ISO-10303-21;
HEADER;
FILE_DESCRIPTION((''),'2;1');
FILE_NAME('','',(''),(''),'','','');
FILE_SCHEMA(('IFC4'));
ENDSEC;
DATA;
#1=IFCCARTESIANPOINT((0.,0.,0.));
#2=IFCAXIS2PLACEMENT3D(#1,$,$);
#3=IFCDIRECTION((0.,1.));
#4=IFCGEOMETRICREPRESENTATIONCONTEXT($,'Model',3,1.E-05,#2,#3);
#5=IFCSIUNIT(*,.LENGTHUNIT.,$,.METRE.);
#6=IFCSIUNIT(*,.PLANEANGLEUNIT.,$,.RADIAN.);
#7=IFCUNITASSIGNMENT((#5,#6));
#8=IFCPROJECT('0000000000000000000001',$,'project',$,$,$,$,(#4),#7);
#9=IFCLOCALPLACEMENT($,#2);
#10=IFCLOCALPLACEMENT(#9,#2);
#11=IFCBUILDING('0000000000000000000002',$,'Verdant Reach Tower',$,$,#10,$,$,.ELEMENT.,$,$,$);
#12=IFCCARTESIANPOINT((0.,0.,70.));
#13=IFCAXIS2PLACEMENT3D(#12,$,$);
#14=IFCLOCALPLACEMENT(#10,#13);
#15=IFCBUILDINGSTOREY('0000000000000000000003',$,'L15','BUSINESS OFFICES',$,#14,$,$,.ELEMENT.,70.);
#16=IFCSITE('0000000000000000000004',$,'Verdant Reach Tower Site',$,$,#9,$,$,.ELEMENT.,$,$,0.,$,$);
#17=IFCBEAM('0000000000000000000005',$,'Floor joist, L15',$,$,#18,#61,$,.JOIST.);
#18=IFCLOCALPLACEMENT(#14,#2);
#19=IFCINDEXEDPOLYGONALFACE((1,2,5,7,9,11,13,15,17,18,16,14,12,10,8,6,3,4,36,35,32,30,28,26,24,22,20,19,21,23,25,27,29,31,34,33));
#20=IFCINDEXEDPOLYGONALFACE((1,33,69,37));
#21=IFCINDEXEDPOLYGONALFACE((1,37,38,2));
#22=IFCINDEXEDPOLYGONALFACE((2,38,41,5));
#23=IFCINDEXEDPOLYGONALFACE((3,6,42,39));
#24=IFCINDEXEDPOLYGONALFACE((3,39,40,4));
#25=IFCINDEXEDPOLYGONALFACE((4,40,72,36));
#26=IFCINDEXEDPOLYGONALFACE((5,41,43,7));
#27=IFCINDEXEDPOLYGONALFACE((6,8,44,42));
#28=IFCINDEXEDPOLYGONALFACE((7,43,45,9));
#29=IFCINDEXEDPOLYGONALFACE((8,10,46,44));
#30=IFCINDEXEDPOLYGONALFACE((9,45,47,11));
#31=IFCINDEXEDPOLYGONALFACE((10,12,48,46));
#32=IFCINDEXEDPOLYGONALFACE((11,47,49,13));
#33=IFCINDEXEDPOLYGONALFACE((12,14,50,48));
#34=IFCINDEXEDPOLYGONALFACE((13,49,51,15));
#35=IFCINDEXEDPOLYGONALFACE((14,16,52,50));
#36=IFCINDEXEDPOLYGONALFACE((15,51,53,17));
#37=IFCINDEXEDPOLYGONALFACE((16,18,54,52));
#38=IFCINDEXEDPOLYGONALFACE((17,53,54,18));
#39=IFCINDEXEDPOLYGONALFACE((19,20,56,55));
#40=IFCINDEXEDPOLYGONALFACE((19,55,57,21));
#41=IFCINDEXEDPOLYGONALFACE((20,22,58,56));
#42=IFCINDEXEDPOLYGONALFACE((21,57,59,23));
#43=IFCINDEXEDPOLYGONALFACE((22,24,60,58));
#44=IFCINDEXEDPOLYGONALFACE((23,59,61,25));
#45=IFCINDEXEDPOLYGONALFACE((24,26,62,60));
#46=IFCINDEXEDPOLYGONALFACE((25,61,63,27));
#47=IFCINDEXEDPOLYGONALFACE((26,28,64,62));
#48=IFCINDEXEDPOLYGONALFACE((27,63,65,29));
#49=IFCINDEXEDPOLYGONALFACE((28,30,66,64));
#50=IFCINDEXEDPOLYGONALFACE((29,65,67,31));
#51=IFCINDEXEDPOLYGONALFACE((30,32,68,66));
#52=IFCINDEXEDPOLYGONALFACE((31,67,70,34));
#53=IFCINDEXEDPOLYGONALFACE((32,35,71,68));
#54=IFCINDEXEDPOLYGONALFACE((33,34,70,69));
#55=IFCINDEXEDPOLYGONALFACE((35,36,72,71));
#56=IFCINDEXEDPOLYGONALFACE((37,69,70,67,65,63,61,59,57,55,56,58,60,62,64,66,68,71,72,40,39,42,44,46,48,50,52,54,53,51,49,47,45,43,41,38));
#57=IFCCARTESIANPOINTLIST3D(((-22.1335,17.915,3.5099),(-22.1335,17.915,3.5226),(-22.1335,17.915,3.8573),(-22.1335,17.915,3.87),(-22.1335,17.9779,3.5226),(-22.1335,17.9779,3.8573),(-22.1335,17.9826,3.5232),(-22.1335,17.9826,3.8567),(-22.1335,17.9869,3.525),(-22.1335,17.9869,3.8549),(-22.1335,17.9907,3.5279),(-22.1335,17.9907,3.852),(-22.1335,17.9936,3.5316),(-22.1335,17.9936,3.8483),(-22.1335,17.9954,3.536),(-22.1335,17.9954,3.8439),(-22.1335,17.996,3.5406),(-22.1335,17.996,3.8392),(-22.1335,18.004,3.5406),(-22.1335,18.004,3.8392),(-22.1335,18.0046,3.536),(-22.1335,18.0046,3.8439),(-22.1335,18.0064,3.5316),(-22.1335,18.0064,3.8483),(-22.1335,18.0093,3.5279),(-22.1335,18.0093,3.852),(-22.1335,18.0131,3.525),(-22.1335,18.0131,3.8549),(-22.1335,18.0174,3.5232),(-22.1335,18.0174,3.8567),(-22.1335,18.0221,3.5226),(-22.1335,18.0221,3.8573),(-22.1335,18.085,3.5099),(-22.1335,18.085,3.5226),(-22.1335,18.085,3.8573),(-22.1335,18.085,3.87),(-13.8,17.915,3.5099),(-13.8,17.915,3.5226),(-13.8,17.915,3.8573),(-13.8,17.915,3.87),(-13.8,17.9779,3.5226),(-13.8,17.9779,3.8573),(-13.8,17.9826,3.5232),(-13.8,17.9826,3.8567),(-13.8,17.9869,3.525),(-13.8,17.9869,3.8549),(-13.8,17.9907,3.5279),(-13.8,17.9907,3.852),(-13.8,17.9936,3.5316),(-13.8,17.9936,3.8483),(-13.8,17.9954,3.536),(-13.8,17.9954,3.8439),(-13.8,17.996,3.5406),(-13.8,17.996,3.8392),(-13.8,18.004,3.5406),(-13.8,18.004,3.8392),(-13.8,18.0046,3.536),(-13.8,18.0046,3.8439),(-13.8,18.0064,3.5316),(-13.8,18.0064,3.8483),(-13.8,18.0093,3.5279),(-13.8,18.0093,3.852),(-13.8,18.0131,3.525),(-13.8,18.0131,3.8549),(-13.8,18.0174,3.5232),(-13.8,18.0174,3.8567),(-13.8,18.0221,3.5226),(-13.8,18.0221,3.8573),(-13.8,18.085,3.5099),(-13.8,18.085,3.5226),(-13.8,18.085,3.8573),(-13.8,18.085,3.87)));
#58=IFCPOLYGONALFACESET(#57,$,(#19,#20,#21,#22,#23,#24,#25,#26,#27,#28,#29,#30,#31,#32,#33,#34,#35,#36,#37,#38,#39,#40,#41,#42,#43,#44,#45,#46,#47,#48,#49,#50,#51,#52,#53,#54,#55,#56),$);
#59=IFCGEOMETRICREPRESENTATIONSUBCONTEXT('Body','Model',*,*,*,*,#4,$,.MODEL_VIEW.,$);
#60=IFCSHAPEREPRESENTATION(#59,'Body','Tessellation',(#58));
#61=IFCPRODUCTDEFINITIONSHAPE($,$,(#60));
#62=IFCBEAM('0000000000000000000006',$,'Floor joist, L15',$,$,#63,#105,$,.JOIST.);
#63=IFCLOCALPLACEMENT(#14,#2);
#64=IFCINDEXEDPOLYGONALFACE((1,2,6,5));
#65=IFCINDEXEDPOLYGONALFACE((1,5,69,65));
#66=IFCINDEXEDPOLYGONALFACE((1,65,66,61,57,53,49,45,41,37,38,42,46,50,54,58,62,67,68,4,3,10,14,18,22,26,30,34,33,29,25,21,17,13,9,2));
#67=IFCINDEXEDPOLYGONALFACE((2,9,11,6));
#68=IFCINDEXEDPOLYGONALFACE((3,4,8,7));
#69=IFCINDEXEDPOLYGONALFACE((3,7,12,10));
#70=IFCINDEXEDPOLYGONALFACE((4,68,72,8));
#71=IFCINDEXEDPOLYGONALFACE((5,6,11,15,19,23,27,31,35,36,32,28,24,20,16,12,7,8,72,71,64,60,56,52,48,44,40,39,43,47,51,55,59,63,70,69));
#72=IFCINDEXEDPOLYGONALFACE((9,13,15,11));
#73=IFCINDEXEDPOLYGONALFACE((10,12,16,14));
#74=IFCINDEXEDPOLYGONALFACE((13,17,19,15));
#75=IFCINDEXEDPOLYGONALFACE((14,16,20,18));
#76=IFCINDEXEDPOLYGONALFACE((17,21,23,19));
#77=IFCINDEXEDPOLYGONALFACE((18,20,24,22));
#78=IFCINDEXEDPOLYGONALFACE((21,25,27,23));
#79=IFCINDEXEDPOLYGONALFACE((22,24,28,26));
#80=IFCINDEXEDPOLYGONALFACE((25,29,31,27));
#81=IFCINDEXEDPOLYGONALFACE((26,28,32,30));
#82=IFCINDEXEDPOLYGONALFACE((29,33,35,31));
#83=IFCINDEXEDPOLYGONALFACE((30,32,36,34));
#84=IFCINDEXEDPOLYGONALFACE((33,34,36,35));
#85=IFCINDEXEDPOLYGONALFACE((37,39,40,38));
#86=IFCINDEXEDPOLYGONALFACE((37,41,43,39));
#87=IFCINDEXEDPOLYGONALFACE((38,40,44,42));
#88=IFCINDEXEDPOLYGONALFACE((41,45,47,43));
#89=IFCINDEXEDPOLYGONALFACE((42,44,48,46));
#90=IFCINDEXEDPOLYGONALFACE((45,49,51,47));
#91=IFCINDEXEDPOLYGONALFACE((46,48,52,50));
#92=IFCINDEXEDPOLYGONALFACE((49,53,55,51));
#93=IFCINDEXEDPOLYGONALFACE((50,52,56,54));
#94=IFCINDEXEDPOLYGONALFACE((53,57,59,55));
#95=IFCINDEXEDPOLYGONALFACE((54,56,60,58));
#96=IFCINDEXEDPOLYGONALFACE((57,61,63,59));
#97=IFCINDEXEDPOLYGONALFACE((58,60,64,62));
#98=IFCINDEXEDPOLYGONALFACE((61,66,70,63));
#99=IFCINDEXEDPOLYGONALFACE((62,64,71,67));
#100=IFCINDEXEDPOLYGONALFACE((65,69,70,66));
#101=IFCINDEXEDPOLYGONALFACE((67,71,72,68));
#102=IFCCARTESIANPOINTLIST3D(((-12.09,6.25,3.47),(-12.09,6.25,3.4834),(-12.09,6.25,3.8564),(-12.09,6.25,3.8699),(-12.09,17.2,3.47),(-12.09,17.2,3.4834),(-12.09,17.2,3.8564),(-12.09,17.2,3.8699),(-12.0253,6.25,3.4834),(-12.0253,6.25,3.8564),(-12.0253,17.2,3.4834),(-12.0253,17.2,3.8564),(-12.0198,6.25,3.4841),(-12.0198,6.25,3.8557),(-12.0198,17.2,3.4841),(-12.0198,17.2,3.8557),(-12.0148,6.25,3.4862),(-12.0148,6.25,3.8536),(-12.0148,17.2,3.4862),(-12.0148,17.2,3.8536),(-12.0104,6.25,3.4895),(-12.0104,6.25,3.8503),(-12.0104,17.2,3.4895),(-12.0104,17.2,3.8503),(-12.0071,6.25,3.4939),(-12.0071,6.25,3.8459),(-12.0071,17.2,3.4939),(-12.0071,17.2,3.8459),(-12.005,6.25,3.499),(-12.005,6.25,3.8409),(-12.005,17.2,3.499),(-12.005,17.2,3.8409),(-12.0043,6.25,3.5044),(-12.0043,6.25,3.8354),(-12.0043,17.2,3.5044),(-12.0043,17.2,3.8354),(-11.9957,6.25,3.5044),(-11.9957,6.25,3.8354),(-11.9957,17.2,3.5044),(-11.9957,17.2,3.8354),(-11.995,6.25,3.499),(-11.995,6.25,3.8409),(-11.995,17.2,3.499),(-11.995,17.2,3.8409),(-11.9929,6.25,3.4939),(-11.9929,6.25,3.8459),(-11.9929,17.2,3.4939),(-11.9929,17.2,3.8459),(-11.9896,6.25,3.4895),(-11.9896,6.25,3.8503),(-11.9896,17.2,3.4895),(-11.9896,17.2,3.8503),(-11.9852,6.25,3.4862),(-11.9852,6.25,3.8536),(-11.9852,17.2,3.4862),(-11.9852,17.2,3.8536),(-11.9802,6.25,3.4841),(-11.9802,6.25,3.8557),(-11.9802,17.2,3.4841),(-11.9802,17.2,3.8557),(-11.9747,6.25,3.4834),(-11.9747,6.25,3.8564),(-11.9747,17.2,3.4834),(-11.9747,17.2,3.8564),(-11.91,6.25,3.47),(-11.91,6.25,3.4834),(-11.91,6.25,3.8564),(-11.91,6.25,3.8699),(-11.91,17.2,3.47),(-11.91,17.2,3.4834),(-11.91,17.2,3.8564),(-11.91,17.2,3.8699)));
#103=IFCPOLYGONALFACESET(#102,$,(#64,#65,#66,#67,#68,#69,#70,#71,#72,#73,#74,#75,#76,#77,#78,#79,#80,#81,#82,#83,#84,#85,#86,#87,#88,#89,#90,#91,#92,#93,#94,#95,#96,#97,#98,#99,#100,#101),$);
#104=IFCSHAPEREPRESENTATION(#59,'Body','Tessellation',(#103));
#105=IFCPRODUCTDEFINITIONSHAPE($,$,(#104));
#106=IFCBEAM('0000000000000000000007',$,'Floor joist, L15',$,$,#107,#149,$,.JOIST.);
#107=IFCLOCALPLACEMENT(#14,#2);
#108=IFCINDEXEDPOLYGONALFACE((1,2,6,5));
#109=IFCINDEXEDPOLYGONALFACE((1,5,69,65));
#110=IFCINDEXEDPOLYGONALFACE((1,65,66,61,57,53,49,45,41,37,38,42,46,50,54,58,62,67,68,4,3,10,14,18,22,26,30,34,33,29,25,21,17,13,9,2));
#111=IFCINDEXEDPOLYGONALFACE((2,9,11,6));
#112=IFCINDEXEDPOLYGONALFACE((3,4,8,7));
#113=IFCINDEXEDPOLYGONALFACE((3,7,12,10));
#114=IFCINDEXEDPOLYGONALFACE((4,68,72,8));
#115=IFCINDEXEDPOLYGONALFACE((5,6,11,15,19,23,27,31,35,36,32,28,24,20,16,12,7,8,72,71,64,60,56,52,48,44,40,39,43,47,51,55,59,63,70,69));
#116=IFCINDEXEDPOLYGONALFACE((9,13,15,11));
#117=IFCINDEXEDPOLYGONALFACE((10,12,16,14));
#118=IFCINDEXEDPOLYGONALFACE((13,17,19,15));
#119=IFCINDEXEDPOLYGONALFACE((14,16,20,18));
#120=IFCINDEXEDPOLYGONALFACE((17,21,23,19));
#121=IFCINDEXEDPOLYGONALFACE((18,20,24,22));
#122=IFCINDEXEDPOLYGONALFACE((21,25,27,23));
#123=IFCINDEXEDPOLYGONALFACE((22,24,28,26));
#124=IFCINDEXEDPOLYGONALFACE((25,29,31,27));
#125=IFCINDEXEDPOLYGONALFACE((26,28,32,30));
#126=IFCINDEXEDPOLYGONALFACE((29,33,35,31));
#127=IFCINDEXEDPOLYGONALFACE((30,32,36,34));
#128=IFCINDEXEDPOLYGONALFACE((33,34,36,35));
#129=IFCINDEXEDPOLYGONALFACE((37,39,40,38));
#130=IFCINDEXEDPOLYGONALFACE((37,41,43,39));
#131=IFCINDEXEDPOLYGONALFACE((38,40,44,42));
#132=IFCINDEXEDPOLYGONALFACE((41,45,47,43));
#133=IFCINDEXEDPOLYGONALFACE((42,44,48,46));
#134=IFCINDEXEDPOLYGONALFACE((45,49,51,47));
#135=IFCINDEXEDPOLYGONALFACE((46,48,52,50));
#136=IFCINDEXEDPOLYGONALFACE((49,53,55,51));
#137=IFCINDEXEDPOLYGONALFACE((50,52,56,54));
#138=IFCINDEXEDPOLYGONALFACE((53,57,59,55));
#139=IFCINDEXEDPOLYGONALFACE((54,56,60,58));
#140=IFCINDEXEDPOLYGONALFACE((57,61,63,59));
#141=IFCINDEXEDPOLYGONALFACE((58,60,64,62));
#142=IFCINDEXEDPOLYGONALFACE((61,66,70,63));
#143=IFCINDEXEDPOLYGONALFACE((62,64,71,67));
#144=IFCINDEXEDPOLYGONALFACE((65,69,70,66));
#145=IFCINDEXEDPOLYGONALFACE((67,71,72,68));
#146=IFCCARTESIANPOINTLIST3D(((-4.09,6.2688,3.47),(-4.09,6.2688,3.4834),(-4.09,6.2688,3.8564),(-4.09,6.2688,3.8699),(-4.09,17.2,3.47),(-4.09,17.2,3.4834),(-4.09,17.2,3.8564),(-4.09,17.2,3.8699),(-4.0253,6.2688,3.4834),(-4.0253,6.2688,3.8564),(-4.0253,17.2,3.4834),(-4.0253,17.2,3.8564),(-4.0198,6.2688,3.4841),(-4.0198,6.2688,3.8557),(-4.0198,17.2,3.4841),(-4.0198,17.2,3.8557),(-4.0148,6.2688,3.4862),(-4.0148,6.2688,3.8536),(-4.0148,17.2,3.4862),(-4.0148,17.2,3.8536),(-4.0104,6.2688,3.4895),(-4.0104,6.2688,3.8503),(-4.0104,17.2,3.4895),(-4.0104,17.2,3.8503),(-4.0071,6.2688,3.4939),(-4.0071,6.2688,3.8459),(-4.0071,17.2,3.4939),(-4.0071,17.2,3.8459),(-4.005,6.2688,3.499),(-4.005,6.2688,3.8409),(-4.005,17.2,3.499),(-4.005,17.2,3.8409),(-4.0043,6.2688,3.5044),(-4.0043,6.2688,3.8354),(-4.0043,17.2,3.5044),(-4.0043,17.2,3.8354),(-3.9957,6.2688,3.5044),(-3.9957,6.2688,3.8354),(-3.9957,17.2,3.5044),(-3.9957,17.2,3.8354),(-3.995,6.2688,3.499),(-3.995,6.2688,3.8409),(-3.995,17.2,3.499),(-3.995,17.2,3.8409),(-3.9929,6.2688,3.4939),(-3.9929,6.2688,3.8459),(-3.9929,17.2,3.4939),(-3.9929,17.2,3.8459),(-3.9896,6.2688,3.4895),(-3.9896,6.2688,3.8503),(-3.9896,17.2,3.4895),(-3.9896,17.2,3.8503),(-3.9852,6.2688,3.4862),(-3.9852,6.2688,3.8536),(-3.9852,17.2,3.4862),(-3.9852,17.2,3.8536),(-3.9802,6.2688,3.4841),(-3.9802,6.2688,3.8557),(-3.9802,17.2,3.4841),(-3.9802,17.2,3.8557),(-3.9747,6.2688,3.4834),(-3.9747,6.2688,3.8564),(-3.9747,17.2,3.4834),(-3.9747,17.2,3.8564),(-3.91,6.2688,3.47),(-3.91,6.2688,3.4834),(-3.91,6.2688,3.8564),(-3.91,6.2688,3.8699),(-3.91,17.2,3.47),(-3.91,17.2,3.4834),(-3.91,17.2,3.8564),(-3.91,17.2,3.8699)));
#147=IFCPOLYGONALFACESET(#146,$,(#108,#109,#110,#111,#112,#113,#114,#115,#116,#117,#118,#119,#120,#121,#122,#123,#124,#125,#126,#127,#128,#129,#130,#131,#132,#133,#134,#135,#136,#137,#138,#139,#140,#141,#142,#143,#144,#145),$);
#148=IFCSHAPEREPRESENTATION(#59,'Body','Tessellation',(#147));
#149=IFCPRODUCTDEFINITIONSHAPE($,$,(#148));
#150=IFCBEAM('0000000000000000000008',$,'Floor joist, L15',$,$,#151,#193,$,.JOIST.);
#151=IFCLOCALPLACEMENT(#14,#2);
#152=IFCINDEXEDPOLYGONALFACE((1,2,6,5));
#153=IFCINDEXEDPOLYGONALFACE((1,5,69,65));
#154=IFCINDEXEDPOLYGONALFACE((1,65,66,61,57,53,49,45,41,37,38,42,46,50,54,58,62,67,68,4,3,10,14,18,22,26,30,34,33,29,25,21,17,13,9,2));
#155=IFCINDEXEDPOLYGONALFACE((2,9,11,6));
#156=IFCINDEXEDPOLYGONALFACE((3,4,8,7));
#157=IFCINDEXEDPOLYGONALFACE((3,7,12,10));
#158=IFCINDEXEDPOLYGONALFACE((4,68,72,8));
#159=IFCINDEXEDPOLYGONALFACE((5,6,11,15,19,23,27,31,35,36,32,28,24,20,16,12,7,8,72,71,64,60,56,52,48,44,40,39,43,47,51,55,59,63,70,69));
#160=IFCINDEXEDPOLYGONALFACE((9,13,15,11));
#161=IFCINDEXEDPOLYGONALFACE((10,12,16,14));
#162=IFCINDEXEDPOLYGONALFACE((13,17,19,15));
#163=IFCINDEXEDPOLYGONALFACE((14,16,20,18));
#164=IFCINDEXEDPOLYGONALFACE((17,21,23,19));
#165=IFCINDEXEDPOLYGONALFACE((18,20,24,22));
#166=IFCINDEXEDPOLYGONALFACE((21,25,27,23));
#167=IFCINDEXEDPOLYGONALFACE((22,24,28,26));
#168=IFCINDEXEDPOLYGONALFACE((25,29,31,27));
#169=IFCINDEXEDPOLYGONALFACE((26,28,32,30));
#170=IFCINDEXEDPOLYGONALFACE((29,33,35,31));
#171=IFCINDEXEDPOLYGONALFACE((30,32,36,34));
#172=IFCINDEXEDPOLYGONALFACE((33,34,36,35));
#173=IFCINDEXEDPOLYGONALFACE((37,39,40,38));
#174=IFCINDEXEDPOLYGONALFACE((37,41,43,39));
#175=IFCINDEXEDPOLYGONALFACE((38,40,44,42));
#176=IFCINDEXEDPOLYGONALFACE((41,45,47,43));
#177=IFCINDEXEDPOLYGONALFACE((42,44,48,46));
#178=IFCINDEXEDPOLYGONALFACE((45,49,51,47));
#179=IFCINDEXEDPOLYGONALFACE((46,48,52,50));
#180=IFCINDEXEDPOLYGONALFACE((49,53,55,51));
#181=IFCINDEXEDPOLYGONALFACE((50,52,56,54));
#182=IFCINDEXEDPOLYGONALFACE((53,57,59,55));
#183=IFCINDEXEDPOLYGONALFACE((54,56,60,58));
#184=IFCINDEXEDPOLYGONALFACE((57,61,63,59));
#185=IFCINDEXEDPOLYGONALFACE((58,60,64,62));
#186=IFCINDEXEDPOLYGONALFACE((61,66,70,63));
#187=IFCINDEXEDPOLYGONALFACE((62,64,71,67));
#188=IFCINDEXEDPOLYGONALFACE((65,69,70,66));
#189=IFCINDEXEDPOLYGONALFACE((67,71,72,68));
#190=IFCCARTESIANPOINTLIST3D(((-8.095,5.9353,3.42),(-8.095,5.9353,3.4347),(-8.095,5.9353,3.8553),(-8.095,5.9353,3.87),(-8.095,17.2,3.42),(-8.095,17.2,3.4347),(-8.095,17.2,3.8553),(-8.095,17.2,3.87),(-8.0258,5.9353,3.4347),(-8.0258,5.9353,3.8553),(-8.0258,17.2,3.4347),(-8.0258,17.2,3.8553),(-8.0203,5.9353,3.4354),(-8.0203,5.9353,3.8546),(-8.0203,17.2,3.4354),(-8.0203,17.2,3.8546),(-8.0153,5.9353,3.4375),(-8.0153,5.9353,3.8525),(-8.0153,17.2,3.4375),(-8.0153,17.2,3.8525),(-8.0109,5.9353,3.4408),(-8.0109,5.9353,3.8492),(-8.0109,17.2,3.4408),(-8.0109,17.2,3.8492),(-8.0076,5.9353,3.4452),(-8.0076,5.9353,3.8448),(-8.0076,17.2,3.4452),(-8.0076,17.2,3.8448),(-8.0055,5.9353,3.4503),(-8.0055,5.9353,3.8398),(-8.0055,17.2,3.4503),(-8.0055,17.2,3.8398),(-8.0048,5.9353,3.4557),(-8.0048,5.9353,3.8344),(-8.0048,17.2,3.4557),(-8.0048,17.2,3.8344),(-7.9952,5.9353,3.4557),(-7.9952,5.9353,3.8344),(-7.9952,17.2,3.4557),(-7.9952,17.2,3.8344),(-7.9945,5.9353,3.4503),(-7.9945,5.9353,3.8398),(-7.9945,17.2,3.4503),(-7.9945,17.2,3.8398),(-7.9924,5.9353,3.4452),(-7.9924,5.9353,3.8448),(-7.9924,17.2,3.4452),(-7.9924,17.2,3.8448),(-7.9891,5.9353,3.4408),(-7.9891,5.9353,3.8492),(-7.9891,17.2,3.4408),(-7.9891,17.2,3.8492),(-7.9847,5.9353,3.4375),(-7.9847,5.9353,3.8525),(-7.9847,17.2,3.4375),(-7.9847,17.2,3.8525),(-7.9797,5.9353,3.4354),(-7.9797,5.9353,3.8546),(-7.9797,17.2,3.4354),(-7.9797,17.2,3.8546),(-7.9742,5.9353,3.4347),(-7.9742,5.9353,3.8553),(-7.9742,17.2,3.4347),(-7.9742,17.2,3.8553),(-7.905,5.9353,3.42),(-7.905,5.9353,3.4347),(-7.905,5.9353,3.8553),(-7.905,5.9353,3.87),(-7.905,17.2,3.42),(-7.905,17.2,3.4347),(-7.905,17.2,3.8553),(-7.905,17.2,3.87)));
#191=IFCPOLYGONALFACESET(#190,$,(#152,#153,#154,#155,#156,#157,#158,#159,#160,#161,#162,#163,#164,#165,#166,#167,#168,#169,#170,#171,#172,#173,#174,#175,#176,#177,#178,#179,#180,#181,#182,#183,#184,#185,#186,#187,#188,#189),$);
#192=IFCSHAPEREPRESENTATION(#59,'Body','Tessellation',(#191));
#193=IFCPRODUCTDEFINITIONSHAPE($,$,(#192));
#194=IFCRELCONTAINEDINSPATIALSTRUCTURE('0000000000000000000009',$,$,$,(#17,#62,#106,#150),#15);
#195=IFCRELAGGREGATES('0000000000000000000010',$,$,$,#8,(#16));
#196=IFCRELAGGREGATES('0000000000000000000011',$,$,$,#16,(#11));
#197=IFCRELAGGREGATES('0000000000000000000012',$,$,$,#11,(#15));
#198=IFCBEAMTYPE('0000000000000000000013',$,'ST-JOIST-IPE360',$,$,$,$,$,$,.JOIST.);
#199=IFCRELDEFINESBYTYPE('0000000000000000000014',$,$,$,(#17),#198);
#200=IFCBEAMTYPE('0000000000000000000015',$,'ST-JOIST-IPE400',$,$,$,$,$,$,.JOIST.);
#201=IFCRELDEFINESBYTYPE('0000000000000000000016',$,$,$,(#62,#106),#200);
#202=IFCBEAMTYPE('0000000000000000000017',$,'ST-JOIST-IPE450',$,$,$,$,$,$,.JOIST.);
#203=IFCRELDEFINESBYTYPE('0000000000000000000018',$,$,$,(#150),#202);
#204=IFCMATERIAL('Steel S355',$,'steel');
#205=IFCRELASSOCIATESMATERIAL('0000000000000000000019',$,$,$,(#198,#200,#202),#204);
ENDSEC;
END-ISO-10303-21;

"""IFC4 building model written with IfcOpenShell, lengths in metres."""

from ifc_helpers import new_model, si_unit, direction, frame, origin, origin_2d, place, context, subcontext, project, spatial, i_section, extrude, material, material_profile, profile_set, type_object, element, save


model = new_model("IFC4")

# Units and contexts
model_context = context("Model", 3, precision=1e-05, world=origin(), true_north=direction((0.0, 1.0)))
body_context = subcontext(model_context, "Body", "Model", "MODEL_VIEW")
ifc_project = project(units=[si_unit("LENGTHUNIT", "METRE"), si_unit("PLANEANGLEUNIT", "RADIAN")], contexts=[model_context])

# Site, building, storey
site_placement = place(None, origin())
site = spatial("IfcSite", under=ifc_project, at=site_placement, Name="Verdant Reach Tower Site", CompositionType="ELEMENT", RefElevation=0.0)
building_placement = place(site_placement, origin())
building = spatial("IfcBuilding", under=site, at=building_placement, Name="Verdant Reach Tower", CompositionType="ELEMENT")
storey_placement = place(building_placement, frame((0.0, 0.0, 70.0)))
storey = spatial("IfcBuildingStorey", under=building, at=storey_placement, Name="L15", Description="BUSINESS OFFICES", CompositionType="ELEMENT", Elevation=70.0)

# Beams
ifc_material_1 = material(Name="Steel S355", Category="steel")
ifc_material_profile_1 = material_profile(ifc_material_1, i_section(OverallWidth=0.1699, OverallDepth=0.3601, WebThickness=0.0081, FlangeThickness=0.0127, FilletRadius=0.0181, at=origin_2d()), Name="IPE 360")
ifc_profile_set_1 = profile_set([ifc_material_profile_1], Name="Steel S355")
beam_type_1 = type_object("IfcBeamType", Name="ST-JOIST-IPE360", PredefinedType="JOIST", material=ifc_profile_set_1)
beam_1_placement = place(storey_placement, frame((-13.8, 18.0, 3.6899), z_axis=(-1.0, 0.0, 0.0), x_axis=(0.0, -1.0, 0.0)))
element("IfcBeam", 1, at=beam_1_placement, inside=storey, type_object=beam_type_1, Name="Floor joist, L15", PredefinedType="JOIST", context=body_context, shape_type="SweptSolid", body=[
    extrude(i_section(OverallWidth=0.1699, OverallDepth=0.3601, WebThickness=0.0081, FlangeThickness=0.0127, FilletRadius=0.0181, at=origin_2d()), origin(), (0.0, 0.0, 1.0), 8.3335),
])
ifc_material_profile_2 = material_profile(ifc_material_1, i_section(OverallWidth=0.1799, OverallDepth=0.3999, WebThickness=0.0085, FlangeThickness=0.0134, FilletRadius=0.021, at=origin_2d()), Name="IPE 400")
ifc_profile_set_2 = profile_set([ifc_material_profile_2], Name="Steel S355")
beam_type_2 = type_object("IfcBeamType", Name="ST-JOIST-IPE400", PredefinedType="JOIST", material=ifc_profile_set_2)
beam_2_placement = place(storey_placement, frame((-12.0, 17.2, 3.6699), z_axis=(0.0, -1.0, 0.0), x_axis=(1.0, 0.0, 0.0)))
element("IfcBeam", 2, at=beam_2_placement, inside=storey, type_object=beam_type_2, Name="Floor joist, L15", PredefinedType="JOIST", context=body_context, shape_type="SweptSolid", body=[
    extrude(i_section(OverallWidth=0.1799, OverallDepth=0.3999, WebThickness=0.0085, FlangeThickness=0.0134, FilletRadius=0.021, at=origin_2d()), origin(), (0.0, 0.0, 1.0), 10.95),
])
beam_3_placement = place(storey_placement, frame((-4.0, 17.2, 3.6699), z_axis=(0.0, -1.0, 0.0), x_axis=(1.0, 0.0, 0.0)))
element("IfcBeam", 3, at=beam_3_placement, inside=storey, type_object=beam_type_2, Name="Floor joist, L15", PredefinedType="JOIST", context=body_context, shape_type="SweptSolid", body=[
    extrude(i_section(OverallWidth=0.1799, OverallDepth=0.3999, WebThickness=0.0085, FlangeThickness=0.0134, FilletRadius=0.021, at=origin_2d()), origin(), (0.0, 0.0, 1.0), 10.9312),
])
ifc_material_profile_3 = material_profile(ifc_material_1, i_section(OverallWidth=0.1899, OverallDepth=0.45, WebThickness=0.0095, FlangeThickness=0.0146, FilletRadius=0.021, at=origin_2d()), Name="IPE 450")
ifc_profile_set_3 = profile_set([ifc_material_profile_3], Name="Steel S355")
beam_type_3 = type_object("IfcBeamType", Name="ST-JOIST-IPE450", PredefinedType="JOIST", material=ifc_profile_set_3)
beam_4_placement = place(storey_placement, frame((-8.0, 17.2, 3.645), z_axis=(0.0, -1.0, 0.0), x_axis=(1.0, 0.0, 0.0)))
element("IfcBeam", 4, at=beam_4_placement, inside=storey, type_object=beam_type_3, Name="Floor joist, L15", PredefinedType="JOIST", context=body_context, shape_type="SweptSolid", body=[
    extrude(i_section(OverallWidth=0.1899, OverallDepth=0.45, WebThickness=0.0095, FlangeThickness=0.0146, FilletRadius=0.021, at=origin_2d()), origin(), (0.0, 0.0, 1.0), 11.2646),
])

save(model, "model.ifc")
